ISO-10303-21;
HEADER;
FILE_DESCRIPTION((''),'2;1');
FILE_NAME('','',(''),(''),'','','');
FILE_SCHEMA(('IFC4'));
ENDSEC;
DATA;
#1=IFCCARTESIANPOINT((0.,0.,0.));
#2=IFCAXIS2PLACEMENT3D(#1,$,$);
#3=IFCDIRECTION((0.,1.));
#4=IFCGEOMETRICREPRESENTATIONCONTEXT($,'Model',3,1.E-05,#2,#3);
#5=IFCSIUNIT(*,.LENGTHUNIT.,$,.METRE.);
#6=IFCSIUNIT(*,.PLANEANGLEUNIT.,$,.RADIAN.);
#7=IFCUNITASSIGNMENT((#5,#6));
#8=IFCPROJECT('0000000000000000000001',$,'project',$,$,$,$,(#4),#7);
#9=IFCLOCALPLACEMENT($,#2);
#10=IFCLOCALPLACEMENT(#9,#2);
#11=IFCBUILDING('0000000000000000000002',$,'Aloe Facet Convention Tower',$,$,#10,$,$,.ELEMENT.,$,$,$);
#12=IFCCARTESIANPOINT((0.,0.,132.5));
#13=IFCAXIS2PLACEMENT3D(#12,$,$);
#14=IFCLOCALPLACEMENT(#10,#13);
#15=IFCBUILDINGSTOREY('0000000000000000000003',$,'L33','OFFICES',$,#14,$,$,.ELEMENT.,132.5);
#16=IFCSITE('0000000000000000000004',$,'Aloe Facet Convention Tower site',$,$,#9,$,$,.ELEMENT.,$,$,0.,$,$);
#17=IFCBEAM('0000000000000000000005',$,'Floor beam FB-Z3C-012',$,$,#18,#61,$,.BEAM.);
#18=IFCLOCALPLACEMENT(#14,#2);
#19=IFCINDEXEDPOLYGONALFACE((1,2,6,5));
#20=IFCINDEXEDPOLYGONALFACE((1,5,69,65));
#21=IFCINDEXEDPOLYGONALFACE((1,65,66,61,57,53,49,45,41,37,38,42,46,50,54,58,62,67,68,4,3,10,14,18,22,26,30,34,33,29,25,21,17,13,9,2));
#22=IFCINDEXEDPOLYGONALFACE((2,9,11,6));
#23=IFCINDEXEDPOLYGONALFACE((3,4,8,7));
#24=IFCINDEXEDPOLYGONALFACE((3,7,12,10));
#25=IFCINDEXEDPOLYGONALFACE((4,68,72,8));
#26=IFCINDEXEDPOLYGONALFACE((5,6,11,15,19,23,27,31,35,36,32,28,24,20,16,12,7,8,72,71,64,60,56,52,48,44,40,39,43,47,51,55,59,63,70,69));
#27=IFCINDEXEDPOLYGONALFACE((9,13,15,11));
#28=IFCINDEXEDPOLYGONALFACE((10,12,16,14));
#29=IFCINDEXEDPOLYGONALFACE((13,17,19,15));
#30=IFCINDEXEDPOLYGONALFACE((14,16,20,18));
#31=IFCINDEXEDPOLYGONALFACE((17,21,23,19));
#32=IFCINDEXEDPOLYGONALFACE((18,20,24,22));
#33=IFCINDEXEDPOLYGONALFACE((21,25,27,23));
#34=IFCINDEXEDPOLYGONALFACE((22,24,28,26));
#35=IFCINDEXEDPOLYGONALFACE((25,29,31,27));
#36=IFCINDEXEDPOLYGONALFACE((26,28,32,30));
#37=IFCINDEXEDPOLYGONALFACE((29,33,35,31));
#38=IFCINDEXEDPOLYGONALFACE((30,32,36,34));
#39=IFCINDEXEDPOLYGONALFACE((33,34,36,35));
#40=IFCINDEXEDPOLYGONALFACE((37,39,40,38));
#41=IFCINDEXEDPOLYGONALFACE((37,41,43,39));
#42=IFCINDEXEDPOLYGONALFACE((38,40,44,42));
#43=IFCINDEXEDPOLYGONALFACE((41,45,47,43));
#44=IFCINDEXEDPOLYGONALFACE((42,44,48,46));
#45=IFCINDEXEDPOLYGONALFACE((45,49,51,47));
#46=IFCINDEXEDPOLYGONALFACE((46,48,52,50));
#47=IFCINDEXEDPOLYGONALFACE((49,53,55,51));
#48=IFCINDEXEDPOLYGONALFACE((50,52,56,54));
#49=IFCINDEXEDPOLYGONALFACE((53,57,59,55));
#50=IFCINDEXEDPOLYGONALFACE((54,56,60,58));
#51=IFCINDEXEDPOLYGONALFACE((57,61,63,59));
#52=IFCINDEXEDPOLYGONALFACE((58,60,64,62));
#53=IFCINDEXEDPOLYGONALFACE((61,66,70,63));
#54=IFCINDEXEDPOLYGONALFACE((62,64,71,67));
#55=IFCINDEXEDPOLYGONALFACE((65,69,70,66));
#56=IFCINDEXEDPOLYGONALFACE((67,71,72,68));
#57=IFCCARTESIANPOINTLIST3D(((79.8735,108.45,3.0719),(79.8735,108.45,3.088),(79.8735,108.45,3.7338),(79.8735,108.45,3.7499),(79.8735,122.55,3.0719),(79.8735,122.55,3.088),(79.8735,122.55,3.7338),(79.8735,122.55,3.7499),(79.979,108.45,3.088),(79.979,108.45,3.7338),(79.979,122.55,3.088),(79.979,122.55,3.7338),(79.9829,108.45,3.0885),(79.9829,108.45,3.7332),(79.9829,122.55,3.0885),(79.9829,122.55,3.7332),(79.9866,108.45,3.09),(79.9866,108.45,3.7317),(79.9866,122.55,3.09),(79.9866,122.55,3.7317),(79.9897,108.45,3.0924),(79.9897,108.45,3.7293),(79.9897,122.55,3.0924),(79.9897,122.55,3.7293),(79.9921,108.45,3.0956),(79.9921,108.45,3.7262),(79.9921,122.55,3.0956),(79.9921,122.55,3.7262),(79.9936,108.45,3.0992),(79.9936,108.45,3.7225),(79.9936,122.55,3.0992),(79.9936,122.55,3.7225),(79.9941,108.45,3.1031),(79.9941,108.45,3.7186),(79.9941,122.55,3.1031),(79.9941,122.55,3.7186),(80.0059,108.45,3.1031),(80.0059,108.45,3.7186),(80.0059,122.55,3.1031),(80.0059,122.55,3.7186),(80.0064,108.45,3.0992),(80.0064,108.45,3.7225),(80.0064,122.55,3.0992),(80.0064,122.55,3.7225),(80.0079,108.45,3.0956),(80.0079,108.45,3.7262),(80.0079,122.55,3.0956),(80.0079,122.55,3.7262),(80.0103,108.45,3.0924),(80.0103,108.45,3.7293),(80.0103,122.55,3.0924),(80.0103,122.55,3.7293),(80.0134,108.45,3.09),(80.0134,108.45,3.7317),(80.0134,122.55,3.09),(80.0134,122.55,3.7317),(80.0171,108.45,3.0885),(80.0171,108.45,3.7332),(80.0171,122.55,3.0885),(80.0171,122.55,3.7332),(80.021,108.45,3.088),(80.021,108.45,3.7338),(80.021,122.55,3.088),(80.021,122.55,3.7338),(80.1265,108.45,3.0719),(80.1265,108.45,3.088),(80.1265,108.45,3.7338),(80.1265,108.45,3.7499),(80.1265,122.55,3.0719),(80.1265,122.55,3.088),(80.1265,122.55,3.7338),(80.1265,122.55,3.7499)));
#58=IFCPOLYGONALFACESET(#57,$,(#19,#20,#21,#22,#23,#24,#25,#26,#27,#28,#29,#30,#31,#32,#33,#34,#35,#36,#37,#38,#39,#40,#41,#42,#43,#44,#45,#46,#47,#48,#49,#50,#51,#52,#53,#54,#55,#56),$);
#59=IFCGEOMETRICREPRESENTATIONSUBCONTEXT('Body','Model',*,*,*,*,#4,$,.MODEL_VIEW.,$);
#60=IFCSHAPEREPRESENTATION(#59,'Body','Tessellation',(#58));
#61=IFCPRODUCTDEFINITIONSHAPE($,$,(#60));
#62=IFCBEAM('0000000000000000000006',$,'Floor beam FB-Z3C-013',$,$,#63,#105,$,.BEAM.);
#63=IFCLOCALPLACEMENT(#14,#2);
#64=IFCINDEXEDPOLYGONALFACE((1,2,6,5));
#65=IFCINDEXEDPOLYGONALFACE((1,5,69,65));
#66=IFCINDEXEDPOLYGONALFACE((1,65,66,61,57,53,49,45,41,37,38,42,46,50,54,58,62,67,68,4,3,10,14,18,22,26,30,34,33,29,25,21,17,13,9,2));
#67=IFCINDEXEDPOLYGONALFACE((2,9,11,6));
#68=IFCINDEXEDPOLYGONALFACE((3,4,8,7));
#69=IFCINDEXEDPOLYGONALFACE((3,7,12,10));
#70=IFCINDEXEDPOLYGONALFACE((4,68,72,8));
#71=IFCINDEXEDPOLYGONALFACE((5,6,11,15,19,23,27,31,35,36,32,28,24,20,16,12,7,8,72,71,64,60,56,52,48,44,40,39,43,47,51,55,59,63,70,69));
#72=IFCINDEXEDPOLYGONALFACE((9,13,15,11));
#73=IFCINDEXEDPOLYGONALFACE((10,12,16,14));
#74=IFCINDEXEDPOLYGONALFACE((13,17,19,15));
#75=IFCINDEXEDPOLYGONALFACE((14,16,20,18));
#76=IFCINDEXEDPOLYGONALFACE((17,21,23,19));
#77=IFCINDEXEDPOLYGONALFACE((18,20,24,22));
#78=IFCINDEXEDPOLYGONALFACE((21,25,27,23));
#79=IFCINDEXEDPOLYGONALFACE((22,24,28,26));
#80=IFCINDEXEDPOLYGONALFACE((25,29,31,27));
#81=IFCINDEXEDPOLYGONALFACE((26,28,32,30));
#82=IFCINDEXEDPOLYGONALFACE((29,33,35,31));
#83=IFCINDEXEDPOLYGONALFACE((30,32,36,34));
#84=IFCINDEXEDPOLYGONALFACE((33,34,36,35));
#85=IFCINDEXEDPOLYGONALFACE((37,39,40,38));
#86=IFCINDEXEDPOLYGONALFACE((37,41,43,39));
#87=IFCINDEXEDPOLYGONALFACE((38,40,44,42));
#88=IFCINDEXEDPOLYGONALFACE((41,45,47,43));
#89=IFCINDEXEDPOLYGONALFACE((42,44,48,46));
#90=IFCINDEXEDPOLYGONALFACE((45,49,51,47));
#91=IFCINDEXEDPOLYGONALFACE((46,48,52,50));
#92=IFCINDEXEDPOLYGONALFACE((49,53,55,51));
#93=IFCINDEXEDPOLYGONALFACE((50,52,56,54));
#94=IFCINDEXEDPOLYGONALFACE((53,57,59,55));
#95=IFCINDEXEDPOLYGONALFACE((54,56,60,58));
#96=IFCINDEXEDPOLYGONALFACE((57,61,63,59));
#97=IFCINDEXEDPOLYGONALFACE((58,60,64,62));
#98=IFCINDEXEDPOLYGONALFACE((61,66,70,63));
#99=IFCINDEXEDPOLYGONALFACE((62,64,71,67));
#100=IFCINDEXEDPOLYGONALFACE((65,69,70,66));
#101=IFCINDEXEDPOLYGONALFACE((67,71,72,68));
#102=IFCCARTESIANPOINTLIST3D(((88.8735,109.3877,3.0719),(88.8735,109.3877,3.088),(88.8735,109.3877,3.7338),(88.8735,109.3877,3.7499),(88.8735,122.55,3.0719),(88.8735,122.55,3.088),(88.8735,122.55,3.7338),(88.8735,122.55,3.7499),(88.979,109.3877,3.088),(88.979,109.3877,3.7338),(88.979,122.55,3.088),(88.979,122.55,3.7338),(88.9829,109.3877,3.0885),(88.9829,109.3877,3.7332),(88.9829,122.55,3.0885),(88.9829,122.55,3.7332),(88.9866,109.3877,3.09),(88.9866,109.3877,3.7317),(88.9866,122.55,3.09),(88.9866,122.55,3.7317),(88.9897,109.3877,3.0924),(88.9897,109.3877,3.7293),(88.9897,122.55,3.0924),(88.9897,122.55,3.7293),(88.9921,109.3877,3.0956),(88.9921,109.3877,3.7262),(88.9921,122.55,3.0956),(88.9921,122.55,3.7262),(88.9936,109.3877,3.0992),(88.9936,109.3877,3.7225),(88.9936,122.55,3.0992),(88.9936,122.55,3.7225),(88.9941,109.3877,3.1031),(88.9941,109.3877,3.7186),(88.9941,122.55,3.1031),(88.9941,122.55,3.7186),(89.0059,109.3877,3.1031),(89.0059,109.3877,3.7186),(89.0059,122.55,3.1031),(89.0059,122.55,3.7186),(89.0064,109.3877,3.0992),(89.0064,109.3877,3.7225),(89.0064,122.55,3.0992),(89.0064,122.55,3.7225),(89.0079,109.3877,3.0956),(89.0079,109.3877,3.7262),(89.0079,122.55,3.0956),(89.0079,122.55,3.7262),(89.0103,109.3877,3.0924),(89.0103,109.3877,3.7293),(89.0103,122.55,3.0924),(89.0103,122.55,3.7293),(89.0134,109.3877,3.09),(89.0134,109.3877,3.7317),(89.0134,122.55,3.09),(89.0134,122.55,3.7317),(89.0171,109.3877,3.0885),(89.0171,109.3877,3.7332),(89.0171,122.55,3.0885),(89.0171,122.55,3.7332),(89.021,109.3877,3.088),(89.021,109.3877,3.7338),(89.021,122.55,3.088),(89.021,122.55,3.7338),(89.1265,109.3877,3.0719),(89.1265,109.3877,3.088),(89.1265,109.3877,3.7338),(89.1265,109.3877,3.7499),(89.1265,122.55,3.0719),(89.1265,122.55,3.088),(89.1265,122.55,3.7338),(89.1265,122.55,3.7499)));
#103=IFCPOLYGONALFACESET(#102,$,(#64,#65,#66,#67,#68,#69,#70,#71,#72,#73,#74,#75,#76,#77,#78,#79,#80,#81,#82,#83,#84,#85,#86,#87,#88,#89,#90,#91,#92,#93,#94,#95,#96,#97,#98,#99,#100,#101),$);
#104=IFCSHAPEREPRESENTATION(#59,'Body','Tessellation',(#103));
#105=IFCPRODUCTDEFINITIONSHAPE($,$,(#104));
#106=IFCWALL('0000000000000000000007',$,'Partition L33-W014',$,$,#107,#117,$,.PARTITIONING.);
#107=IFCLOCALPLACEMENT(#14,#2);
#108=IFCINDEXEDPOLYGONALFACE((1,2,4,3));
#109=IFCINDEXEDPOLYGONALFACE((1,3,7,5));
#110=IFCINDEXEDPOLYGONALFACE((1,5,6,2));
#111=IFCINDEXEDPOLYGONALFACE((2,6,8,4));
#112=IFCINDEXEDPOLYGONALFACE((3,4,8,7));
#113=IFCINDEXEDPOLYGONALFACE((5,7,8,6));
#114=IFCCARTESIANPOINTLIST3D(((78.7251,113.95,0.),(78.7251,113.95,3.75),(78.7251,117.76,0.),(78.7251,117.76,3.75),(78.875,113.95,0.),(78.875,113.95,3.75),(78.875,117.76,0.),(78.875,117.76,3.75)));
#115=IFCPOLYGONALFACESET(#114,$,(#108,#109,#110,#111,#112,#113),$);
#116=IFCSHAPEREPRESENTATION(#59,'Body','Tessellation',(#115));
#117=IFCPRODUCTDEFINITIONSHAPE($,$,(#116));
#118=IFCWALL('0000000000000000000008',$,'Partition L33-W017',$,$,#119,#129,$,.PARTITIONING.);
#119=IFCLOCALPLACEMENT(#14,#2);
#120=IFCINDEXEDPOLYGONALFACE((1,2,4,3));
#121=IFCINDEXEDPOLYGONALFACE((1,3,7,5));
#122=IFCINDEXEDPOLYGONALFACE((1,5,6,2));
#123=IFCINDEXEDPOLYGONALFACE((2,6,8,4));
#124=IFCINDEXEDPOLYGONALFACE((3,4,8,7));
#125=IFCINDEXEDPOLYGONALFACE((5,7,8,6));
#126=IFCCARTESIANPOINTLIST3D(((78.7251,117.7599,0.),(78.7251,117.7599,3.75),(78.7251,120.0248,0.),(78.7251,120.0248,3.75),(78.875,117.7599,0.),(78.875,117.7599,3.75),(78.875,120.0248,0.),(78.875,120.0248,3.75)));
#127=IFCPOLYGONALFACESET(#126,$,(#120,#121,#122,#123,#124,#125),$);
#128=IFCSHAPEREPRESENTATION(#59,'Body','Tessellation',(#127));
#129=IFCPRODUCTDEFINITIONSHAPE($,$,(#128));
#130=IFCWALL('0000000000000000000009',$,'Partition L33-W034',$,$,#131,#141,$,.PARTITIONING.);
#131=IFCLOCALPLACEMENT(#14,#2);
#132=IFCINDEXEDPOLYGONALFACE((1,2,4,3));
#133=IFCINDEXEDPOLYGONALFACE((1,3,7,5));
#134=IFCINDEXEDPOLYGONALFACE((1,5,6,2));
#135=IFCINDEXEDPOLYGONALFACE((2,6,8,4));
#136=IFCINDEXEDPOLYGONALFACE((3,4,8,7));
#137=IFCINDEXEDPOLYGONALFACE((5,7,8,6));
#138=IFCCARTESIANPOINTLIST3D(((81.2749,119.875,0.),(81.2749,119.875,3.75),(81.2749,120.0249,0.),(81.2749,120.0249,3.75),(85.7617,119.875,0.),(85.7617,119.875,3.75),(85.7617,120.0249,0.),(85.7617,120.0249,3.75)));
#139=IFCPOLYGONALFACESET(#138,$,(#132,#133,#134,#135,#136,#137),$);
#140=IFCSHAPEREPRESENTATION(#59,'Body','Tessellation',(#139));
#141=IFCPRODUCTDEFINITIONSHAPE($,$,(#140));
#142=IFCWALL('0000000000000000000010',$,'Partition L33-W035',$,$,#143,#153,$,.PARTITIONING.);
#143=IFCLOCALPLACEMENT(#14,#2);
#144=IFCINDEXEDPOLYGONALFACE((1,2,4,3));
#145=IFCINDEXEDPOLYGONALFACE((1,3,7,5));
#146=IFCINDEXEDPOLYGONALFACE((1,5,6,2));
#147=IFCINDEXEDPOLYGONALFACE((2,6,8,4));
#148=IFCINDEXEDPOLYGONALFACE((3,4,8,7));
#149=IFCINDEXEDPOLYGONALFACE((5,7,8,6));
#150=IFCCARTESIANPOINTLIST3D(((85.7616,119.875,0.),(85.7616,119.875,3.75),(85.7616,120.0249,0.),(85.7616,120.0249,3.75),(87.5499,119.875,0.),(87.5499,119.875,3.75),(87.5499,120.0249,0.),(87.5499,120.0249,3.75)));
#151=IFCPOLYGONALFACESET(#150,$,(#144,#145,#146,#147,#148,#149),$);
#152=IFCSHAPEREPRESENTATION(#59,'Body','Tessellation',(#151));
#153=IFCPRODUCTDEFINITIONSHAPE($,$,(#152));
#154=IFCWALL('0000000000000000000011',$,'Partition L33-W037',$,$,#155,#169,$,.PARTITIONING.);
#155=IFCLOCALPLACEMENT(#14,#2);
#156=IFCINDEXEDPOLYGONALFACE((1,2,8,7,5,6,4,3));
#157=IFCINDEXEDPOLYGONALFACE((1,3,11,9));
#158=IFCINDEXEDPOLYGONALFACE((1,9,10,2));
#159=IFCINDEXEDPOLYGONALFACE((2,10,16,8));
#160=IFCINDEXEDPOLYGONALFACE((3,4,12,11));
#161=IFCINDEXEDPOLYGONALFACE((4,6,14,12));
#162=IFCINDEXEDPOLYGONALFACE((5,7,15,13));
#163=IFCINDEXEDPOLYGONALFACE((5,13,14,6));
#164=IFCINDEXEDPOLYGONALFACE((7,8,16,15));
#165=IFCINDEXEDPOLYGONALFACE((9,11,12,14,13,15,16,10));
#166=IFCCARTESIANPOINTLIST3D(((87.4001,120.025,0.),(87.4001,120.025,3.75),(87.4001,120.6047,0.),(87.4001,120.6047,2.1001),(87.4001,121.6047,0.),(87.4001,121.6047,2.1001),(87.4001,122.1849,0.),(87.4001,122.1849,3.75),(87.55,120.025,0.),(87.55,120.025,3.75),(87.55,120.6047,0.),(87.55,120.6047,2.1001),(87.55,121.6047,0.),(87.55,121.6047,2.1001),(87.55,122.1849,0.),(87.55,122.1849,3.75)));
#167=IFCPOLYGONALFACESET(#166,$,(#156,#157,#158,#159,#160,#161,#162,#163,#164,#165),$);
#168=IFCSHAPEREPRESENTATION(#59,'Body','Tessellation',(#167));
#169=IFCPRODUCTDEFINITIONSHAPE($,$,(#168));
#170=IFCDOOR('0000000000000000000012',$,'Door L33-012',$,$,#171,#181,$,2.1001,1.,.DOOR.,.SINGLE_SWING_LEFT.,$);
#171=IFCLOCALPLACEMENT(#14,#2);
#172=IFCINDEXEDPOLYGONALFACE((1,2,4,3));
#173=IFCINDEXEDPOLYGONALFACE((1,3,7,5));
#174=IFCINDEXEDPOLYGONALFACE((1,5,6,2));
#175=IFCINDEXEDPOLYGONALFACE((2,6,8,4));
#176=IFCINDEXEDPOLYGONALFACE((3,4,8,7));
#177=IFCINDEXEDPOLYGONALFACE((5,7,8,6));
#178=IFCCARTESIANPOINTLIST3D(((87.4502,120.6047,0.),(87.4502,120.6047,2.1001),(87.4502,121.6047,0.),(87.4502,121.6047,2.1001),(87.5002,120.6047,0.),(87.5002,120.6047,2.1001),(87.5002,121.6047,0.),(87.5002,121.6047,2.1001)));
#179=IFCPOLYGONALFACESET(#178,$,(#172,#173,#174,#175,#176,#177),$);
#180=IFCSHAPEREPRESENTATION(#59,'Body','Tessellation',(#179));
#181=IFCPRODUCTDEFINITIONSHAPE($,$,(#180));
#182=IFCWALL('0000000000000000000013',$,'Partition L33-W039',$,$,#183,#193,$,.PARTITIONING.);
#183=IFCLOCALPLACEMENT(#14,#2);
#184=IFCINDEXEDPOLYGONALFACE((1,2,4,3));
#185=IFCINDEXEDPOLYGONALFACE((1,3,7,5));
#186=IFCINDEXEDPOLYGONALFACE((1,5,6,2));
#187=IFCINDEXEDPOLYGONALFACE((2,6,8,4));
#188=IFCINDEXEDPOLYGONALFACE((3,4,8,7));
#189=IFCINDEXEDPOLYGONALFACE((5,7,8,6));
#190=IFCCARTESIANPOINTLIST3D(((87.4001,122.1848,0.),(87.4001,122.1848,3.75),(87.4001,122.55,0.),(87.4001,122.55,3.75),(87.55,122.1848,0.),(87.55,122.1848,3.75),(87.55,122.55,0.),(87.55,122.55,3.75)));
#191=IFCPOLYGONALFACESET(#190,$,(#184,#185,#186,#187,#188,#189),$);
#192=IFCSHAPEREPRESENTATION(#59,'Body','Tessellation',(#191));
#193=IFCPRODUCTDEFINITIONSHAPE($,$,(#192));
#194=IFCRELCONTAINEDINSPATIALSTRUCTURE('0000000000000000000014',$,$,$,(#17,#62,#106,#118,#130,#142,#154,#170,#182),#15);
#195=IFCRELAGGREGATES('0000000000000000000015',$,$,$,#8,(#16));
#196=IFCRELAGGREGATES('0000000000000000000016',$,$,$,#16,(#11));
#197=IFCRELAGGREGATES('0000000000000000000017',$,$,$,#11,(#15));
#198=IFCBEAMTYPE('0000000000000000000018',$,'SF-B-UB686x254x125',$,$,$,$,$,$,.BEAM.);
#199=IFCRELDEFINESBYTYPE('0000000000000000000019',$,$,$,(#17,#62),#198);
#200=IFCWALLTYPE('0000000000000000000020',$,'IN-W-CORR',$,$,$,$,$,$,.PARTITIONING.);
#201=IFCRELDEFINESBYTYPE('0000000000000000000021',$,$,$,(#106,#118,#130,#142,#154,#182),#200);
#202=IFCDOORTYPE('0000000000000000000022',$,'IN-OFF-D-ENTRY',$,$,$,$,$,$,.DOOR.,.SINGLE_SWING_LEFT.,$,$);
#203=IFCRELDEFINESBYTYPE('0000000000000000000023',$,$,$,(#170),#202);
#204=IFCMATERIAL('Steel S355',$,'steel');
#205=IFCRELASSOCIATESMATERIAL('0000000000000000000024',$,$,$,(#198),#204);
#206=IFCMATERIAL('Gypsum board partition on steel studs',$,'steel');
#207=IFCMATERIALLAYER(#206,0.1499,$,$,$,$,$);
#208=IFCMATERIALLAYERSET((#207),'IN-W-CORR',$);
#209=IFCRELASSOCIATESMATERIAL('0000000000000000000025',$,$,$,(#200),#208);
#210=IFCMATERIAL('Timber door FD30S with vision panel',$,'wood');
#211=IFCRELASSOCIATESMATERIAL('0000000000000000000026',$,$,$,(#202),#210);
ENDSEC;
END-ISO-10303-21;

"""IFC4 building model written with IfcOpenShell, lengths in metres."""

from ifc_helpers import new_model, si_unit, direction, frame, frame_2d, origin, origin_2d, place, context, subcontext, project, spatial, rectangle, i_section, extrude, material, layer, layer_set, material_profile, profile_set, type_object, element, fill, save


model = new_model("IFC4")

# Units and contexts
model_context = context("Model", 3, precision=1e-05, world=origin(), true_north=direction((0.0, 1.0)))
body_context = subcontext(model_context, "Body", "Model", "MODEL_VIEW")
ifc_project = project(units=[si_unit("LENGTHUNIT", "METRE"), si_unit("PLANEANGLEUNIT", "RADIAN")], contexts=[model_context])

# Site, building, storey
site_placement = place(None, origin())
site = spatial("IfcSite", under=ifc_project, at=site_placement, Name="Aloe Facet Convention Tower site", CompositionType="ELEMENT", RefElevation=0.0)
building_placement = place(site_placement, origin())
building = spatial("IfcBuilding", under=site, at=building_placement, Name="Aloe Facet Convention Tower", CompositionType="ELEMENT")
storey_placement = place(building_placement, frame((0.0, 0.0, 132.5)))
storey = spatial("IfcBuildingStorey", under=building, at=storey_placement, Name="L33", Description="OFFICES", CompositionType="ELEMENT", Elevation=132.5)

# Beams
ifc_material_1 = material(Name="Steel S355", Category="steel")
ifc_material_profile_1 = material_profile(ifc_material_1, i_section(OverallWidth=0.2529, OverallDepth=0.678, WebThickness=0.0117, FlangeThickness=0.0161, FilletRadius=0.0151, at=origin_2d()), Name="UB 686x254x125")
ifc_profile_set_1 = profile_set([ifc_material_profile_1], Name="Steel S355")
beam_type_1 = type_object("IfcBeamType", Name="SF-B-UB686x254x125", PredefinedType="BEAM", material=ifc_profile_set_1)
beam_1_placement = place(storey_placement, frame((80.0, 122.55, 3.4109), z_axis=(0.0, -1.0, 0.0), x_axis=(1.0, 0.0, 0.0)))
element("IfcBeam", 1, at=beam_1_placement, inside=storey, type_object=beam_type_1, Name="Floor beam FB-Z3C-012", PredefinedType="BEAM", context=body_context, shape_type="SweptSolid", body=[
    extrude(i_section(OverallWidth=0.2529, OverallDepth=0.678, WebThickness=0.0117, FlangeThickness=0.0161, FilletRadius=0.0151, at=origin_2d()), origin(), (0.0, 0.0, 1.0), 14.1001),
])
beam_2_placement = place(storey_placement, frame((89.0, 122.55, 3.4109), z_axis=(0.0, -1.0, 0.0), x_axis=(1.0, 0.0, 0.0)))
element("IfcBeam", 2, at=beam_2_placement, inside=storey, type_object=beam_type_1, Name="Floor beam FB-Z3C-013", PredefinedType="BEAM", context=body_context, shape_type="SweptSolid", body=[
    extrude(i_section(OverallWidth=0.2529, OverallDepth=0.678, WebThickness=0.0117, FlangeThickness=0.0161, FilletRadius=0.0151, at=origin_2d()), origin(), (0.0, 0.0, 1.0), 13.1624),
])

# Walls
ifc_material_2 = material(Name="Gypsum board partition on steel studs", Category="steel")
ifc_layer_1 = layer(ifc_material_2, 0.1499)
ifc_layer_set_1 = layer_set([ifc_layer_1], Name="IN-W-CORR")
wall_type_1 = type_object("IfcWallType", Name="IN-W-CORR", PredefinedType="PARTITIONING", material=ifc_layer_set_1)
wall_1_placement = place(storey_placement, frame((78.8, 113.95, 0.0), z_axis=(0.0, 0.0, 1.0), x_axis=(0.0, 1.0, 0.0)))
element("IfcWall", 3, at=wall_1_placement, inside=storey, type_object=wall_type_1, Name="Partition L33-W014", PredefinedType="PARTITIONING", context=body_context, shape_type="SweptSolid", body=[
    extrude(rectangle(XDim=3.8101, YDim=0.1499, at=frame_2d((1.905, 0.0))), origin(), (0.0, 0.0, 1.0), 3.75),
])
wall_2_placement = place(storey_placement, frame((78.8, 117.76, 0.0), z_axis=(0.0, 0.0, 1.0), x_axis=(0.0, 1.0, 0.0)))
element("IfcWall", 4, at=wall_2_placement, inside=storey, type_object=wall_type_1, Name="Partition L33-W017", PredefinedType="PARTITIONING", context=body_context, shape_type="SweptSolid", body=[
    extrude(rectangle(XDim=2.2649, YDim=0.1499, at=frame_2d((1.1323, 0.0))), origin(), (0.0, 0.0, 1.0), 3.75),
])

# Shared definitions
ifc_material_3 = material(Name="Timber door FD30S with vision panel", Category="wood")
door_type_1 = type_object("IfcDoorType", Name="IN-OFF-D-ENTRY", OperationType="SINGLE_SWING_LEFT", PredefinedType="DOOR", material=ifc_material_3)

# Walls
wall_3_placement = place(storey_placement, frame((81.2749, 119.95, 0.0), z_axis=(0.0, 0.0, 1.0), x_axis=(1.0, 0.0, 0.0)))
element("IfcWall", 5, at=wall_3_placement, inside=storey, type_object=wall_type_1, Name="Partition L33-W034", PredefinedType="PARTITIONING", context=body_context, shape_type="SweptSolid", body=[
    extrude(rectangle(XDim=4.4868, YDim=0.1499, at=frame_2d((2.2434, 0.0))), origin(), (0.0, 0.0, 1.0), 3.75),
])
wall_4_placement = place(storey_placement, frame((85.7617, 119.95, 0.0), z_axis=(0.0, 0.0, 1.0), x_axis=(1.0, 0.0, 0.0)))
element("IfcWall", 6, at=wall_4_placement, inside=storey, type_object=wall_type_1, Name="Partition L33-W035", PredefinedType="PARTITIONING", context=body_context, shape_type="SweptSolid", body=[
    extrude(rectangle(XDim=1.7883, YDim=0.1499, at=frame_2d((0.894, 0.0))), origin(), (0.0, 0.0, 1.0), 3.75),
])

# Wall, opening, door
wall_5_placement = place(storey_placement, frame((87.4751, 120.0249, 0.0), z_axis=(0.0, 0.0, 1.0), x_axis=(0.0, 1.0, 0.0)))
wall_5 = element("IfcWall", 7, at=wall_5_placement, inside=storey, type_object=wall_type_1, Name="Partition L33-W037", PredefinedType="PARTITIONING", context=body_context, shape_type="SweptSolid", body=[
    extrude(rectangle(XDim=2.1599, YDim=0.1499, at=frame_2d((1.0801, 0.0))), origin(), (0.0, 0.0, 1.0), 3.75),
])
opening_1_placement = place(wall_5_placement, frame((0.5798, 0.0, 0.0)))
opening_1 = element("IfcOpeningElement", 8, at=opening_1_placement, cuts=wall_5, PredefinedType="OPENING", context=body_context, shape_type="SweptSolid", body=[
    extrude(rectangle(XDim=1.0, YDim=2.1001, at=frame_2d((0.5, 1.05))), frame((0.0, 0.085, 0.0), z_axis=(0.0, -1.0, 0.0), x_axis=(1.0, 0.0, 0.0)), (0.0, 0.0, 1.0), 0.1699),
])
door_1_placement = place(opening_1_placement, origin())
door_1 = element("IfcDoor", 9, at=door_1_placement, inside=storey, type_object=door_type_1, Name="Door L33-012", OperationType="SINGLE_SWING_LEFT", OverallHeight=2.1001, OverallWidth=1.0, PredefinedType="DOOR", context=body_context, shape_type="SweptSolid", body=[
    extrude(rectangle(XDim=1.0, YDim=2.1001, at=frame_2d((0.5, 1.05))), frame((0.0, 0.0249, 0.0), z_axis=(0.0, -1.0, 0.0), x_axis=(1.0, 0.0, 0.0)), (0.0, 0.0, 1.0), 0.05),
])
fill(opening_1, door_1)

# Wall
wall_6_placement = place(storey_placement, frame((87.4751, 122.1848, 0.0), z_axis=(0.0, 0.0, 1.0), x_axis=(0.0, 1.0, 0.0)))
element("IfcWall", 10, at=wall_6_placement, inside=storey, type_object=wall_type_1, Name="Partition L33-W039", PredefinedType="PARTITIONING", context=body_context, shape_type="SweptSolid", body=[
    extrude(rectangle(XDim=0.3652, YDim=0.1499, at=frame_2d((0.1826, 0.0))), origin(), (0.0, 0.0, 1.0), 3.75),
])

save(model, "model.ifc")
